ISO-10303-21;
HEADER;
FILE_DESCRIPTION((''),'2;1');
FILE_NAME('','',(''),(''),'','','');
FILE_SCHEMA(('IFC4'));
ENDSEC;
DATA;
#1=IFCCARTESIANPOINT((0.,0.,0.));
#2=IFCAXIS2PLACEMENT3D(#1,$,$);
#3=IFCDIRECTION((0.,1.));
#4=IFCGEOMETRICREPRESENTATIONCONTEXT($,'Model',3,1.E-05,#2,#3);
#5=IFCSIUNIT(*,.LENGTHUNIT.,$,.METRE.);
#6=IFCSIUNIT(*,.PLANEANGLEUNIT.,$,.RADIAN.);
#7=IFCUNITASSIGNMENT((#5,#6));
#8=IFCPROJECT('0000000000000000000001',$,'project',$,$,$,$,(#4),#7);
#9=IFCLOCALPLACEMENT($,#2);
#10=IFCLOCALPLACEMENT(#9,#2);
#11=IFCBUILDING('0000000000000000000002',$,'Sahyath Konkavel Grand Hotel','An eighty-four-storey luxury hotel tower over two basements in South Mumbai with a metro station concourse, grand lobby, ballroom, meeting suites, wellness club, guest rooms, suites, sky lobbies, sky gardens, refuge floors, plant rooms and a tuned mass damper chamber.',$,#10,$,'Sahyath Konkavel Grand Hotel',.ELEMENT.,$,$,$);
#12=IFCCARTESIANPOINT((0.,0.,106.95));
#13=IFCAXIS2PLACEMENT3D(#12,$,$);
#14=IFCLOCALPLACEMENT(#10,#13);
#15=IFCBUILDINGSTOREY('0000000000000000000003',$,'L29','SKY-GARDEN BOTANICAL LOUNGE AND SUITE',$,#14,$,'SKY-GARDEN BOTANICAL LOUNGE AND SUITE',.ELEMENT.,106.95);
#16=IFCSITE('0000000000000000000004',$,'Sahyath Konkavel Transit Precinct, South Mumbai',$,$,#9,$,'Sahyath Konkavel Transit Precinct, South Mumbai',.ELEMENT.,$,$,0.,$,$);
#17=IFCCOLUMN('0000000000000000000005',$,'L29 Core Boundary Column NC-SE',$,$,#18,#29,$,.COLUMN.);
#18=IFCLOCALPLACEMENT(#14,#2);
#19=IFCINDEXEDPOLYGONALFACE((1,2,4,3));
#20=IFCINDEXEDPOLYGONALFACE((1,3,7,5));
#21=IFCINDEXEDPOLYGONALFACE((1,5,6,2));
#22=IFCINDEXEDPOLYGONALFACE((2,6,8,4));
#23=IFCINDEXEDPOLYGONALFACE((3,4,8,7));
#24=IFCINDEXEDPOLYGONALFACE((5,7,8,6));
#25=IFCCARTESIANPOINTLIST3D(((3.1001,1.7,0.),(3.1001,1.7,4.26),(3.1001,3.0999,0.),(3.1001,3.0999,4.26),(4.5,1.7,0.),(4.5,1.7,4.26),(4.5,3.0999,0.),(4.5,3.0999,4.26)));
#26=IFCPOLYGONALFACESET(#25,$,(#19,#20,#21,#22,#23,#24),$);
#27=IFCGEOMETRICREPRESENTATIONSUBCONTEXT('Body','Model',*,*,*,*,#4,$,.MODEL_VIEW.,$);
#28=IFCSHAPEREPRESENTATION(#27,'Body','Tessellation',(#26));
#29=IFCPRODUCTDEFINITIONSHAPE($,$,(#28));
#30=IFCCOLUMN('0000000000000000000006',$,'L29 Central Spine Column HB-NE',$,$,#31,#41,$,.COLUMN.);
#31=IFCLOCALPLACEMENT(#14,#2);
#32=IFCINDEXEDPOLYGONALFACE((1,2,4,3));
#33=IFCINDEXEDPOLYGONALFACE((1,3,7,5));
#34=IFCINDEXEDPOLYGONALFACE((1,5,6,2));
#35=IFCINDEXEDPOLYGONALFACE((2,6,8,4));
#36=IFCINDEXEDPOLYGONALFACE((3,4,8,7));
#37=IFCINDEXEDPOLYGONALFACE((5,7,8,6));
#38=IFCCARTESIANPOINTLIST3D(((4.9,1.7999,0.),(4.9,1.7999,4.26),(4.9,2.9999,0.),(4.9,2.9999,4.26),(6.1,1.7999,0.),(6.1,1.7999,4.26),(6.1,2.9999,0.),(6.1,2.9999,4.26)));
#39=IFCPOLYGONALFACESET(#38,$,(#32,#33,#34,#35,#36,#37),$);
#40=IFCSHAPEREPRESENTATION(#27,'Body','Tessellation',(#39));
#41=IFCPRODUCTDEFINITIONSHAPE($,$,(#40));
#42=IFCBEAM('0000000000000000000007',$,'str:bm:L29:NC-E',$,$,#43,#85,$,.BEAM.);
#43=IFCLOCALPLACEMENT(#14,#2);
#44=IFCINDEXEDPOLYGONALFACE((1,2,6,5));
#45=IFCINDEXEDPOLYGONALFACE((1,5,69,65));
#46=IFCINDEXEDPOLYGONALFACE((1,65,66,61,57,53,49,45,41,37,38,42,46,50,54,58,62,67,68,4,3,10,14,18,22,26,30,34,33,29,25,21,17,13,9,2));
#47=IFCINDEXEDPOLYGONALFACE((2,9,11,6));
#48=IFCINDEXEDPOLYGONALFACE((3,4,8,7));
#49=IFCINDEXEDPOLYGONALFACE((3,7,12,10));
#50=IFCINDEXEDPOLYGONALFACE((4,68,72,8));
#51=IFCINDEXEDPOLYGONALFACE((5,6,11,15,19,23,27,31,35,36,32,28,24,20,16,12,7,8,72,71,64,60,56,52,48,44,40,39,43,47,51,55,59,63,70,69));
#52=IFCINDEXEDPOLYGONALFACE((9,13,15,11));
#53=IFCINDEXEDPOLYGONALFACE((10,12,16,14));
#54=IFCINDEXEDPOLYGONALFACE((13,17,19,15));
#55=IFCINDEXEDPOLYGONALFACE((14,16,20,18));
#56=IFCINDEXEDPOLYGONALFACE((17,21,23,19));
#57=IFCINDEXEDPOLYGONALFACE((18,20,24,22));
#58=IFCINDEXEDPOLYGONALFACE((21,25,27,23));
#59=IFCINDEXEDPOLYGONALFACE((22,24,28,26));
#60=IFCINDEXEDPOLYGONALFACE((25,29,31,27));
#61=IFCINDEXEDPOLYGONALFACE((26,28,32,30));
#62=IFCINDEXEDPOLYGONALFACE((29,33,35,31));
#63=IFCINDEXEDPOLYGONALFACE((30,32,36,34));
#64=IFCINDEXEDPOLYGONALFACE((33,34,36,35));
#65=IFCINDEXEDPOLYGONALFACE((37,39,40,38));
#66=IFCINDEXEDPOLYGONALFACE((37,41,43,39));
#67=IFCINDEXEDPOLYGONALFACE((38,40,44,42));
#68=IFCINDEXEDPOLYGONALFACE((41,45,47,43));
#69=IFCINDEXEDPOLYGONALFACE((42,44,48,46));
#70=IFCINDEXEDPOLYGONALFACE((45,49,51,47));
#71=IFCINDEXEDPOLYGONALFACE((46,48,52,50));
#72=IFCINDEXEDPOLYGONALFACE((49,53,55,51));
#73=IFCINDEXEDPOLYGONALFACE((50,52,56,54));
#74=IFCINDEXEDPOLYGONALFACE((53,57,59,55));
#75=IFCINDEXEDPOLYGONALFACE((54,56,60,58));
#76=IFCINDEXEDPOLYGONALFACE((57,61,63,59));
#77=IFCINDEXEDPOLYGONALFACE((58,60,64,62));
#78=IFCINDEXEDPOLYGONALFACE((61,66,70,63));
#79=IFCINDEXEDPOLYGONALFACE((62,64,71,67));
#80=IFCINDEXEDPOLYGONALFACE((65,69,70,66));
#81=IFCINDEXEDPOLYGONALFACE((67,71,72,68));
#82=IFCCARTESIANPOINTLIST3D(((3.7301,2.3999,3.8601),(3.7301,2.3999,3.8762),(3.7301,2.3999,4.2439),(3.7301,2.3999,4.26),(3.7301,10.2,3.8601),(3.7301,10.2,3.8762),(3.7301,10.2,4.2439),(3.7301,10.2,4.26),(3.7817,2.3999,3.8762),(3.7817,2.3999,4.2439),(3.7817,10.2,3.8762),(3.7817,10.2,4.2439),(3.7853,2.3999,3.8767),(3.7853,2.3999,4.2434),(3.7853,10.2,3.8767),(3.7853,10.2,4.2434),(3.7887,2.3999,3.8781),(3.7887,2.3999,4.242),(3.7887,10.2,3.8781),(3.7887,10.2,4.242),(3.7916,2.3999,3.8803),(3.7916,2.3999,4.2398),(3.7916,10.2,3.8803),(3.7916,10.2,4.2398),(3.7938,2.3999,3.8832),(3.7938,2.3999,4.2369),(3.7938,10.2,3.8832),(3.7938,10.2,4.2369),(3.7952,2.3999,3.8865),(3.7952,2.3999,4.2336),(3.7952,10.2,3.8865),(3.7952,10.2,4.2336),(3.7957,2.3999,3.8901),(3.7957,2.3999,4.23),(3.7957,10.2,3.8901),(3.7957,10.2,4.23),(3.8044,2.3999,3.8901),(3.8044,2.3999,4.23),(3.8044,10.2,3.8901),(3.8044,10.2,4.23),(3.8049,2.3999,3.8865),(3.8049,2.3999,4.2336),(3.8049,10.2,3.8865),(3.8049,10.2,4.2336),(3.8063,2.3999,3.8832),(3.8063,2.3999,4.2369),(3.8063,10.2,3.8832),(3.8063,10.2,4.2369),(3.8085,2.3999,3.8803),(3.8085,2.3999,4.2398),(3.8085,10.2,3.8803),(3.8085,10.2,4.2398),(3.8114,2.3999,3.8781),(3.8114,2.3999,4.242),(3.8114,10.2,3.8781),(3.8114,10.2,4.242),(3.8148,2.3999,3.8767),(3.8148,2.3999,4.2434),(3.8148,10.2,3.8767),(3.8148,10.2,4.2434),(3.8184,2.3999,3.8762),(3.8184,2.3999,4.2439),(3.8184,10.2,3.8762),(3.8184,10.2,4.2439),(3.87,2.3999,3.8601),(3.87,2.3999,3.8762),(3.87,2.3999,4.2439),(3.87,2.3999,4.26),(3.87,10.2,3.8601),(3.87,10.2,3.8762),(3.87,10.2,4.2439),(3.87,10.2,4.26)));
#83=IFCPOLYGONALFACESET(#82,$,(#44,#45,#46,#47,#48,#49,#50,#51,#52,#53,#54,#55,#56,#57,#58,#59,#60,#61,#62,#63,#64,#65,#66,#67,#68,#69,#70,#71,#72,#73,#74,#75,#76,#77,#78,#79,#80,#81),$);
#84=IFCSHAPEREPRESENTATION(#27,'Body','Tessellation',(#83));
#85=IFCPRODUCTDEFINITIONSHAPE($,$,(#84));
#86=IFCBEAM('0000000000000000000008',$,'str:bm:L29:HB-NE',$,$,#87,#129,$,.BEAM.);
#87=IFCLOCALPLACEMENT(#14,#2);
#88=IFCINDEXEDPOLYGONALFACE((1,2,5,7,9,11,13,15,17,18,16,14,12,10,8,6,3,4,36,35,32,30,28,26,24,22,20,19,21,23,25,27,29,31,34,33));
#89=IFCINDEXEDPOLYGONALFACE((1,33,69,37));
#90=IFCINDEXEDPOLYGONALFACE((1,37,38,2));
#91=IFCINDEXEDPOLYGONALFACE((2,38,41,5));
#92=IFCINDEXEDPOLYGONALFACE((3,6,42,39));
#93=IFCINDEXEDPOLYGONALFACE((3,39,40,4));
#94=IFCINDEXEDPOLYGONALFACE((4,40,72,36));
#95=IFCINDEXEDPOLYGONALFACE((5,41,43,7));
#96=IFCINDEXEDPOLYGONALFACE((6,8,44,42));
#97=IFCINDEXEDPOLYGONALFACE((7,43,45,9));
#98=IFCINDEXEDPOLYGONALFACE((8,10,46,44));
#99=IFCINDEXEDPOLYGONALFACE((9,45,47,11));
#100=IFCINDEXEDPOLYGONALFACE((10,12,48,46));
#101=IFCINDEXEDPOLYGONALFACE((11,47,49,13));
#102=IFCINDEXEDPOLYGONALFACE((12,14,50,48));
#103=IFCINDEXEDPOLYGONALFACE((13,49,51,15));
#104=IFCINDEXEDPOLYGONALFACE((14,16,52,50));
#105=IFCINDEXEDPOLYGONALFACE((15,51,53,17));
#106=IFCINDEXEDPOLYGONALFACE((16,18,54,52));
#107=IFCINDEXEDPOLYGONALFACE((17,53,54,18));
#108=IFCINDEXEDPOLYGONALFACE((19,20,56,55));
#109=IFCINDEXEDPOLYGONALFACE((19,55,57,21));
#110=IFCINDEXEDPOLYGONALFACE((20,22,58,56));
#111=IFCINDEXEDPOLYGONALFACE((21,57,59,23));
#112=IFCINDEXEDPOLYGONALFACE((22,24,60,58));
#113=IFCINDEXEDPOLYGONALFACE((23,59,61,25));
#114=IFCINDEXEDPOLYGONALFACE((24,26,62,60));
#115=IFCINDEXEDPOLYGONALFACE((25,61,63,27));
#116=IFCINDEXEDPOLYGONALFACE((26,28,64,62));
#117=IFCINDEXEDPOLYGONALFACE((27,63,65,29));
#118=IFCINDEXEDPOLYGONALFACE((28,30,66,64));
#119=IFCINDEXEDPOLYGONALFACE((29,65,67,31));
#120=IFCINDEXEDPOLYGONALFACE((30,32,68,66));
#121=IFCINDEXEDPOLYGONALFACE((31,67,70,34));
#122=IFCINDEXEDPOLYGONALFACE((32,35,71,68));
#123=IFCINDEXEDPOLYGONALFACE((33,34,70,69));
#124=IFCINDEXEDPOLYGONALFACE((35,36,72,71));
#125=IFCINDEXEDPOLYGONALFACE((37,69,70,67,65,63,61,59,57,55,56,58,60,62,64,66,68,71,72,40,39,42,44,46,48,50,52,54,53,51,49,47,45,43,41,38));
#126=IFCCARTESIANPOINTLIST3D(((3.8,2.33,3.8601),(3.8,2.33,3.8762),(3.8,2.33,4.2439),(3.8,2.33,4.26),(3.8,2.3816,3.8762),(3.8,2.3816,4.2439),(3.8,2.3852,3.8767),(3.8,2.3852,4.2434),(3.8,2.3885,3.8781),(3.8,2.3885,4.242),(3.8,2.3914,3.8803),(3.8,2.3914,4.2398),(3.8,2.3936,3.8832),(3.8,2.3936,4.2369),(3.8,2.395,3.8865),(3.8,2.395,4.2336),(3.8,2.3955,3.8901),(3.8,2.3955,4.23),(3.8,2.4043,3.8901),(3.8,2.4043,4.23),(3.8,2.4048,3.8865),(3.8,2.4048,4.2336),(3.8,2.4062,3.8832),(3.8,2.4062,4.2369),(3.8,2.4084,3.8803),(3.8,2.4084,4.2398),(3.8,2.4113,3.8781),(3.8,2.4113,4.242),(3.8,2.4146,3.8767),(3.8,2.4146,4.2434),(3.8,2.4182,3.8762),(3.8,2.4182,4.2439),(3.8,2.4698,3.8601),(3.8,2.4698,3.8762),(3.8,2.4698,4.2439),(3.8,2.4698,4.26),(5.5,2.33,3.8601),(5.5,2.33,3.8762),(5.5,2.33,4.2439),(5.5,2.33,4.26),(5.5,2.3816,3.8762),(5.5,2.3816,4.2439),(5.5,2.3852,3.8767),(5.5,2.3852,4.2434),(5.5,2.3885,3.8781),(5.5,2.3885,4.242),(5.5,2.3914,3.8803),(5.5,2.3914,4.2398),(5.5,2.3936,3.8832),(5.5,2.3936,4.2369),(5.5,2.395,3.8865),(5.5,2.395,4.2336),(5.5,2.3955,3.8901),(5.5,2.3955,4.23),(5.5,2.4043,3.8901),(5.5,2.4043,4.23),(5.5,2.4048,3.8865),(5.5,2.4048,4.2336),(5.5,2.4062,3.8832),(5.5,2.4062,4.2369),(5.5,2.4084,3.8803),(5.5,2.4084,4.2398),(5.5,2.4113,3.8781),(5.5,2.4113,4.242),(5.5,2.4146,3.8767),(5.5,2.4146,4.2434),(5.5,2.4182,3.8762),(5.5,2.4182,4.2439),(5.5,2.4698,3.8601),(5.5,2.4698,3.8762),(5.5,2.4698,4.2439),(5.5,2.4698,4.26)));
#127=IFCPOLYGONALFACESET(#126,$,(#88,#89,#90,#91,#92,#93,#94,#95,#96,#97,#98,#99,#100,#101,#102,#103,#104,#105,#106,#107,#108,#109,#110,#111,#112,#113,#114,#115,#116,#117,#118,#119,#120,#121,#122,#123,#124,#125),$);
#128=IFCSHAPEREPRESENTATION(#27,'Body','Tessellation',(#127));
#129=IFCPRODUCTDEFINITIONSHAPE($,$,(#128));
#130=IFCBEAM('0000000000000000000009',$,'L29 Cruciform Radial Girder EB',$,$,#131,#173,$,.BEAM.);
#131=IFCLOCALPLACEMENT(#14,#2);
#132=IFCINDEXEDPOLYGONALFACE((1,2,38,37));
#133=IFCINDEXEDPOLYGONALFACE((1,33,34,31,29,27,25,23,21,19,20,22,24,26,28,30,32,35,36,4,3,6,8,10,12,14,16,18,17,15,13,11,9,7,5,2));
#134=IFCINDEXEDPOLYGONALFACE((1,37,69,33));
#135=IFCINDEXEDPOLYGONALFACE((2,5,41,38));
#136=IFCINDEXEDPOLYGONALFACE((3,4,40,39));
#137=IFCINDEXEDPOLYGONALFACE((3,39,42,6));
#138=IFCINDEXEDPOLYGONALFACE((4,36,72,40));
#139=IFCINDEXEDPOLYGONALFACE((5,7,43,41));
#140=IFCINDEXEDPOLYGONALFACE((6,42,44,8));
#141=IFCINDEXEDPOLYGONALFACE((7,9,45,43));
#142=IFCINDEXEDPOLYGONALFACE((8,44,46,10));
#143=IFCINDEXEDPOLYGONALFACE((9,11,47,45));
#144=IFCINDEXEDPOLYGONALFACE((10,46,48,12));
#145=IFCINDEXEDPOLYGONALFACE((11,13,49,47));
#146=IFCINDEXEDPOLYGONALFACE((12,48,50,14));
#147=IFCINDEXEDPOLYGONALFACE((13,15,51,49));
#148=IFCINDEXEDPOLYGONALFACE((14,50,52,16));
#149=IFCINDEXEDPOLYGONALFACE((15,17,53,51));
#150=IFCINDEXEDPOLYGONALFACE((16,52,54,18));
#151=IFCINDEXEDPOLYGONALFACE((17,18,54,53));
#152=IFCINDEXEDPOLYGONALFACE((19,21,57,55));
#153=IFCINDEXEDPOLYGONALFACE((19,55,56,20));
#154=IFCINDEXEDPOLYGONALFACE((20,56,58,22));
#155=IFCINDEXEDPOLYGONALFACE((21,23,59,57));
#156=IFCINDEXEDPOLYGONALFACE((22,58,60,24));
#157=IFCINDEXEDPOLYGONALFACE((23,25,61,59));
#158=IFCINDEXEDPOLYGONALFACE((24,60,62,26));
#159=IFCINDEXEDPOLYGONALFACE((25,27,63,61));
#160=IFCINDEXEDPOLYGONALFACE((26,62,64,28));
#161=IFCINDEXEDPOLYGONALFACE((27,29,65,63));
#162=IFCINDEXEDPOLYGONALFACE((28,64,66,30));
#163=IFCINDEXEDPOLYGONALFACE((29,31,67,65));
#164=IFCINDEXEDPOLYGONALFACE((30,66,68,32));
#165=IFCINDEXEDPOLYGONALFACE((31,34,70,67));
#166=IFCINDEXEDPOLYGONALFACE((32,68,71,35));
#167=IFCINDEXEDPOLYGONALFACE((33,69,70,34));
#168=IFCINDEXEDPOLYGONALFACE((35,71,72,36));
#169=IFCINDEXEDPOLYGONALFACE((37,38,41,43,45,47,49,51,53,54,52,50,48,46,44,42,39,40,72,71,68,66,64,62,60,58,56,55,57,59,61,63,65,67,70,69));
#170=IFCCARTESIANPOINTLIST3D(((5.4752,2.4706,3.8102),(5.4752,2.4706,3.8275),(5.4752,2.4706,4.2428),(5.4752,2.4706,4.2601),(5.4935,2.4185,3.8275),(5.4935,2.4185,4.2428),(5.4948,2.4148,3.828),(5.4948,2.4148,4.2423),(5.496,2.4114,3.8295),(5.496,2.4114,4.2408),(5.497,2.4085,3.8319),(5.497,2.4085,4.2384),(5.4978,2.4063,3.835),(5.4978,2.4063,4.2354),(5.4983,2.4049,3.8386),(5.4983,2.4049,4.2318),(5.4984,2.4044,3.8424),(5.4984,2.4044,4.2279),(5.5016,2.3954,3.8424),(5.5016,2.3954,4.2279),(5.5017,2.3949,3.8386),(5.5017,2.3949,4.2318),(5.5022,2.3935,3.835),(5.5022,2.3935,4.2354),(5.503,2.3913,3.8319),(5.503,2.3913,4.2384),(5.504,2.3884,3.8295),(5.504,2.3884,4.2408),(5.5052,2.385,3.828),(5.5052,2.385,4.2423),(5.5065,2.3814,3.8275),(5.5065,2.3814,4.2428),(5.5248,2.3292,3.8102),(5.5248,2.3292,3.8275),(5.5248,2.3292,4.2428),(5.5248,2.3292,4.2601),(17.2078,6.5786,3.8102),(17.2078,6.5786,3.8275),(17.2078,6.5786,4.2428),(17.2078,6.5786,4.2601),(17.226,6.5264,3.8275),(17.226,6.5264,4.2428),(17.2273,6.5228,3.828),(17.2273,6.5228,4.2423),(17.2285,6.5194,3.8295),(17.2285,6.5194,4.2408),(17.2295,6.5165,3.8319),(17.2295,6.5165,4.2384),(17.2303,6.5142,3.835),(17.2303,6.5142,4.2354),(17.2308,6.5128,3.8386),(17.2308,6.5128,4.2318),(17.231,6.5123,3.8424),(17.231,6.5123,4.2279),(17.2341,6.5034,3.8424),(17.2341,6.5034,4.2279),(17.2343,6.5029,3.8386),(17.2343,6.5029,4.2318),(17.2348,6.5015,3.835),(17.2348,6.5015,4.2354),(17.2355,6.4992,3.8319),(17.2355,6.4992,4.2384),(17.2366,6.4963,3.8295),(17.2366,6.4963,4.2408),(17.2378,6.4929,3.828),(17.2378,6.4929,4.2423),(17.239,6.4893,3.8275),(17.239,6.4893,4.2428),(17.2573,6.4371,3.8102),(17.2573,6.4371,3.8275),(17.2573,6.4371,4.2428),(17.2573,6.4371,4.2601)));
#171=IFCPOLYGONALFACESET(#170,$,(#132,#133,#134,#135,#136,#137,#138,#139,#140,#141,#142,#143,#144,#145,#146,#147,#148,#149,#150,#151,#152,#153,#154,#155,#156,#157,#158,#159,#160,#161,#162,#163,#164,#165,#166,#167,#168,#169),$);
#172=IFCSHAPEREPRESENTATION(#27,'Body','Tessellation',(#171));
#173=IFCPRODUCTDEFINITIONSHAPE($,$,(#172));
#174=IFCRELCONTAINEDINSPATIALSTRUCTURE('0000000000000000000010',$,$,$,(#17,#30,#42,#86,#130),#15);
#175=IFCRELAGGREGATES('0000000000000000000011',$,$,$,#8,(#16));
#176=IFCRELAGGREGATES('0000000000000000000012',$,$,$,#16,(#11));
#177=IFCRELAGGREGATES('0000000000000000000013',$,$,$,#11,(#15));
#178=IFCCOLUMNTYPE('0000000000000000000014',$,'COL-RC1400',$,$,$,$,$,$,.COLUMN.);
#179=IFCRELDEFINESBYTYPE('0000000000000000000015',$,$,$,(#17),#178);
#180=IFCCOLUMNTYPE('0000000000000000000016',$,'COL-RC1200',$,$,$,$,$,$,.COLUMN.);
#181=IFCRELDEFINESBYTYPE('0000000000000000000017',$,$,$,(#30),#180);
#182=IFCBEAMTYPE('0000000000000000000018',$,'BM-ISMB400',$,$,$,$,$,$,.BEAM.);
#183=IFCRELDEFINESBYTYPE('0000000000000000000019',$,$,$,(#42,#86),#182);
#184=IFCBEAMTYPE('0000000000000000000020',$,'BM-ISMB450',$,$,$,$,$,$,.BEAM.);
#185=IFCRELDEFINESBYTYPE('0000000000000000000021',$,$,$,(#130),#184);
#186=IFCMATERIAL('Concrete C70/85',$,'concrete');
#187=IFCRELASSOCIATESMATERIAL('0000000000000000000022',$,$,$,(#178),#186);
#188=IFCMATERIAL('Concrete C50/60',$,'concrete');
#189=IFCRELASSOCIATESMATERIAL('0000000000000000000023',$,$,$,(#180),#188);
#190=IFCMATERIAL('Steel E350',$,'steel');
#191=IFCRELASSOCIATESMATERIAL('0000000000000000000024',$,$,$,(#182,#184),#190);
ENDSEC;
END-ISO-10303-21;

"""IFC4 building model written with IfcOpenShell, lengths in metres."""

from ifc_helpers import new_model, si_unit, direction, frame, origin, origin_2d, place, context, subcontext, project, spatial, rectangle, i_section, extrude, source, transform, mapped, material, material_profile, profile_set, type_object, element, save


model = new_model("IFC4")

# Units and contexts
model_context = context("Model", 3, precision=1e-05, world=origin(), true_north=direction((0.0, 1.0)))
body_context = subcontext(model_context, "Body", "Model", "MODEL_VIEW")
ifc_project = project(units=[si_unit("LENGTHUNIT", "METRE"), si_unit("PLANEANGLEUNIT", "RADIAN")], contexts=[model_context])

# Site, building, storey
site_placement = place(None, origin())
site = spatial("IfcSite", under=ifc_project, at=site_placement, Name="Sahyath Konkavel Transit Precinct, South Mumbai", LongName="Sahyath Konkavel Transit Precinct, South Mumbai", CompositionType="ELEMENT", RefElevation=0.0)
building_placement = place(site_placement, origin())
building = spatial("IfcBuilding", under=site, at=building_placement, Name="Sahyath Konkavel Grand Hotel", Description="An eighty-four-storey luxury hotel tower over two basements in South Mumbai with a metro station concourse, grand lobby, ballroom, meeting suites, wellness club, guest rooms, suites, sky lobbies, sky gardens, refuge floors, plant rooms and a tuned mass damper chamber.", LongName="Sahyath Konkavel Grand Hotel", CompositionType="ELEMENT")
storey_placement = place(building_placement, frame((0.0, 0.0, 106.95)))
storey = spatial("IfcBuildingStorey", under=building, at=storey_placement, Name="L29", Description="SKY-GARDEN BOTANICAL LOUNGE AND SUITE", LongName="SKY-GARDEN BOTANICAL LOUNGE AND SUITE", CompositionType="ELEMENT", Elevation=106.95)

# Columns
ifc_material_1 = material(Name="Concrete C70/85", Category="concrete")
ifc_material_profile_1 = material_profile(ifc_material_1, rectangle(XDim=1.3999, YDim=1.3999, at=origin_2d()), Name="RC 1400x1400")
ifc_profile_set_1 = profile_set([ifc_material_profile_1], Name="Concrete C70/85")
column_type_1 = type_object("IfcColumnType", Name="COL-RC1400", PredefinedType="COLUMN", material=ifc_profile_set_1)
shared_shape_1 = source(origin(), body_context, "Body", "SweptSolid", [
    extrude(rectangle(XDim=1.3999, YDim=1.3999, at=origin_2d()), origin(), (0.0, 0.0, 1.0), 4.26),
])
column_1_placement = place(storey_placement, frame((3.8, 2.3999, 0.0), z_axis=(0.0, 0.0, 1.0), x_axis=(1.0, 0.0, 0.0)))
element("IfcColumn", 1, at=column_1_placement, inside=storey, type_object=column_type_1, Name="L29 Core Boundary Column NC-SE", PredefinedType="COLUMN", context=body_context, shape_type="MappedRepresentation", body=[
    mapped(shared_shape_1, transform((0.0, 0.0, 0.0), scale=1.0)),
])
ifc_material_2 = material(Name="Concrete C50/60", Category="concrete")
ifc_material_profile_2 = material_profile(ifc_material_2, rectangle(XDim=1.2, YDim=1.2, at=origin_2d()), Name="RC 1200x1200")
ifc_profile_set_2 = profile_set([ifc_material_profile_2], Name="Concrete C50/60")
column_type_2 = type_object("IfcColumnType", Name="COL-RC1200", PredefinedType="COLUMN", material=ifc_profile_set_2)
shared_shape_2 = source(origin(), body_context, "Body", "SweptSolid", [
    extrude(rectangle(XDim=1.2, YDim=1.2, at=origin_2d()), origin(), (0.0, 0.0, 1.0), 4.26),
])
column_2_placement = place(storey_placement, frame((5.5, 2.3999, 0.0), z_axis=(0.0, 0.0, 1.0), x_axis=(1.0, 0.0, 0.0)))
element("IfcColumn", 2, at=column_2_placement, inside=storey, type_object=column_type_2, Name="L29 Central Spine Column HB-NE", PredefinedType="COLUMN", context=body_context, shape_type="MappedRepresentation", body=[
    mapped(shared_shape_2, transform((0.0, 0.0, 0.0), scale=1.0)),
])

# Beams
ifc_material_3 = material(Name="Steel E350", Category="steel")
ifc_material_profile_3 = material_profile(ifc_material_3, i_section(OverallWidth=0.1399, OverallDepth=0.3999, WebThickness=0.0088, FlangeThickness=0.0161, FilletRadius=0.0139, at=origin_2d()), Name="ISMB 400")
ifc_profile_set_3 = profile_set([ifc_material_profile_3], Name="Steel E350")
beam_type_1 = type_object("IfcBeamType", Name="BM-ISMB400", PredefinedType="BEAM", material=ifc_profile_set_3)
shared_shape_3 = source(origin(), body_context, "Body", "SweptSolid", [
    extrude(i_section(OverallWidth=0.1399, OverallDepth=0.3999, WebThickness=0.0088, FlangeThickness=0.0161, FilletRadius=0.0139, at=origin_2d()), origin(), (0.0, 0.0, 1.0), 7.8),
])
beam_1_placement = place(storey_placement, frame((3.8, 2.3999, 4.0601), z_axis=(0.0, 1.0, 0.0), x_axis=(-1.0, 0.0, 0.0)))
element("IfcBeam", 3, at=beam_1_placement, inside=storey, type_object=beam_type_1, Name="str:bm:L29:NC-E", PredefinedType="BEAM", context=body_context, shape_type="MappedRepresentation", body=[
    mapped(shared_shape_3, transform((0.0, 0.0, 0.0), scale=1.0)),
])
shared_shape_4 = source(origin(), body_context, "Body", "SweptSolid", [
    extrude(i_section(OverallWidth=0.1399, OverallDepth=0.3999, WebThickness=0.0088, FlangeThickness=0.0161, FilletRadius=0.0139, at=origin_2d()), origin(), (0.0, 0.0, 1.0), 1.7),
])
beam_2_placement = place(storey_placement, frame((3.8, 2.3999, 4.0601), z_axis=(1.0, 0.0, 0.0), x_axis=(0.0, 1.0, 0.0)))
element("IfcBeam", 4, at=beam_2_placement, inside=storey, type_object=beam_type_1, Name="str:bm:L29:HB-NE", PredefinedType="BEAM", context=body_context, shape_type="MappedRepresentation", body=[
    mapped(shared_shape_4, transform((0.0, 0.0, 0.0), scale=1.0)),
])
ifc_material_profile_4 = material_profile(ifc_material_3, i_section(OverallWidth=0.1499, OverallDepth=0.45, WebThickness=0.0095, FlangeThickness=0.0173, FilletRadius=0.0149, at=origin_2d()), Name="ISMB 450")
ifc_profile_set_4 = profile_set([ifc_material_profile_4], Name="Steel E350")
beam_type_2 = type_object("IfcBeamType", Name="BM-ISMB450", PredefinedType="BEAM", material=ifc_profile_set_4)
shared_shape_5 = source(origin(), body_context, "Body", "SweptSolid", [
    extrude(i_section(OverallWidth=0.1499, OverallDepth=0.45, WebThickness=0.0095, FlangeThickness=0.0173, FilletRadius=0.0149, at=origin_2d()), origin(), (0.0, 0.0, 1.0), 12.4309),
])
beam_3_placement = place(storey_placement, frame((5.5, 2.3999, 4.0352), z_axis=(0.943819, 0.330462, 0.0), x_axis=(-0.330462, 0.943819, 0.0)))
element("IfcBeam", 5, at=beam_3_placement, inside=storey, type_object=beam_type_2, Name="L29 Cruciform Radial Girder EB", PredefinedType="BEAM", context=body_context, shape_type="MappedRepresentation", body=[
    mapped(shared_shape_5, transform((0.0, 0.0, 0.0), scale=1.0)),
])

save(model, "model.ifc")
